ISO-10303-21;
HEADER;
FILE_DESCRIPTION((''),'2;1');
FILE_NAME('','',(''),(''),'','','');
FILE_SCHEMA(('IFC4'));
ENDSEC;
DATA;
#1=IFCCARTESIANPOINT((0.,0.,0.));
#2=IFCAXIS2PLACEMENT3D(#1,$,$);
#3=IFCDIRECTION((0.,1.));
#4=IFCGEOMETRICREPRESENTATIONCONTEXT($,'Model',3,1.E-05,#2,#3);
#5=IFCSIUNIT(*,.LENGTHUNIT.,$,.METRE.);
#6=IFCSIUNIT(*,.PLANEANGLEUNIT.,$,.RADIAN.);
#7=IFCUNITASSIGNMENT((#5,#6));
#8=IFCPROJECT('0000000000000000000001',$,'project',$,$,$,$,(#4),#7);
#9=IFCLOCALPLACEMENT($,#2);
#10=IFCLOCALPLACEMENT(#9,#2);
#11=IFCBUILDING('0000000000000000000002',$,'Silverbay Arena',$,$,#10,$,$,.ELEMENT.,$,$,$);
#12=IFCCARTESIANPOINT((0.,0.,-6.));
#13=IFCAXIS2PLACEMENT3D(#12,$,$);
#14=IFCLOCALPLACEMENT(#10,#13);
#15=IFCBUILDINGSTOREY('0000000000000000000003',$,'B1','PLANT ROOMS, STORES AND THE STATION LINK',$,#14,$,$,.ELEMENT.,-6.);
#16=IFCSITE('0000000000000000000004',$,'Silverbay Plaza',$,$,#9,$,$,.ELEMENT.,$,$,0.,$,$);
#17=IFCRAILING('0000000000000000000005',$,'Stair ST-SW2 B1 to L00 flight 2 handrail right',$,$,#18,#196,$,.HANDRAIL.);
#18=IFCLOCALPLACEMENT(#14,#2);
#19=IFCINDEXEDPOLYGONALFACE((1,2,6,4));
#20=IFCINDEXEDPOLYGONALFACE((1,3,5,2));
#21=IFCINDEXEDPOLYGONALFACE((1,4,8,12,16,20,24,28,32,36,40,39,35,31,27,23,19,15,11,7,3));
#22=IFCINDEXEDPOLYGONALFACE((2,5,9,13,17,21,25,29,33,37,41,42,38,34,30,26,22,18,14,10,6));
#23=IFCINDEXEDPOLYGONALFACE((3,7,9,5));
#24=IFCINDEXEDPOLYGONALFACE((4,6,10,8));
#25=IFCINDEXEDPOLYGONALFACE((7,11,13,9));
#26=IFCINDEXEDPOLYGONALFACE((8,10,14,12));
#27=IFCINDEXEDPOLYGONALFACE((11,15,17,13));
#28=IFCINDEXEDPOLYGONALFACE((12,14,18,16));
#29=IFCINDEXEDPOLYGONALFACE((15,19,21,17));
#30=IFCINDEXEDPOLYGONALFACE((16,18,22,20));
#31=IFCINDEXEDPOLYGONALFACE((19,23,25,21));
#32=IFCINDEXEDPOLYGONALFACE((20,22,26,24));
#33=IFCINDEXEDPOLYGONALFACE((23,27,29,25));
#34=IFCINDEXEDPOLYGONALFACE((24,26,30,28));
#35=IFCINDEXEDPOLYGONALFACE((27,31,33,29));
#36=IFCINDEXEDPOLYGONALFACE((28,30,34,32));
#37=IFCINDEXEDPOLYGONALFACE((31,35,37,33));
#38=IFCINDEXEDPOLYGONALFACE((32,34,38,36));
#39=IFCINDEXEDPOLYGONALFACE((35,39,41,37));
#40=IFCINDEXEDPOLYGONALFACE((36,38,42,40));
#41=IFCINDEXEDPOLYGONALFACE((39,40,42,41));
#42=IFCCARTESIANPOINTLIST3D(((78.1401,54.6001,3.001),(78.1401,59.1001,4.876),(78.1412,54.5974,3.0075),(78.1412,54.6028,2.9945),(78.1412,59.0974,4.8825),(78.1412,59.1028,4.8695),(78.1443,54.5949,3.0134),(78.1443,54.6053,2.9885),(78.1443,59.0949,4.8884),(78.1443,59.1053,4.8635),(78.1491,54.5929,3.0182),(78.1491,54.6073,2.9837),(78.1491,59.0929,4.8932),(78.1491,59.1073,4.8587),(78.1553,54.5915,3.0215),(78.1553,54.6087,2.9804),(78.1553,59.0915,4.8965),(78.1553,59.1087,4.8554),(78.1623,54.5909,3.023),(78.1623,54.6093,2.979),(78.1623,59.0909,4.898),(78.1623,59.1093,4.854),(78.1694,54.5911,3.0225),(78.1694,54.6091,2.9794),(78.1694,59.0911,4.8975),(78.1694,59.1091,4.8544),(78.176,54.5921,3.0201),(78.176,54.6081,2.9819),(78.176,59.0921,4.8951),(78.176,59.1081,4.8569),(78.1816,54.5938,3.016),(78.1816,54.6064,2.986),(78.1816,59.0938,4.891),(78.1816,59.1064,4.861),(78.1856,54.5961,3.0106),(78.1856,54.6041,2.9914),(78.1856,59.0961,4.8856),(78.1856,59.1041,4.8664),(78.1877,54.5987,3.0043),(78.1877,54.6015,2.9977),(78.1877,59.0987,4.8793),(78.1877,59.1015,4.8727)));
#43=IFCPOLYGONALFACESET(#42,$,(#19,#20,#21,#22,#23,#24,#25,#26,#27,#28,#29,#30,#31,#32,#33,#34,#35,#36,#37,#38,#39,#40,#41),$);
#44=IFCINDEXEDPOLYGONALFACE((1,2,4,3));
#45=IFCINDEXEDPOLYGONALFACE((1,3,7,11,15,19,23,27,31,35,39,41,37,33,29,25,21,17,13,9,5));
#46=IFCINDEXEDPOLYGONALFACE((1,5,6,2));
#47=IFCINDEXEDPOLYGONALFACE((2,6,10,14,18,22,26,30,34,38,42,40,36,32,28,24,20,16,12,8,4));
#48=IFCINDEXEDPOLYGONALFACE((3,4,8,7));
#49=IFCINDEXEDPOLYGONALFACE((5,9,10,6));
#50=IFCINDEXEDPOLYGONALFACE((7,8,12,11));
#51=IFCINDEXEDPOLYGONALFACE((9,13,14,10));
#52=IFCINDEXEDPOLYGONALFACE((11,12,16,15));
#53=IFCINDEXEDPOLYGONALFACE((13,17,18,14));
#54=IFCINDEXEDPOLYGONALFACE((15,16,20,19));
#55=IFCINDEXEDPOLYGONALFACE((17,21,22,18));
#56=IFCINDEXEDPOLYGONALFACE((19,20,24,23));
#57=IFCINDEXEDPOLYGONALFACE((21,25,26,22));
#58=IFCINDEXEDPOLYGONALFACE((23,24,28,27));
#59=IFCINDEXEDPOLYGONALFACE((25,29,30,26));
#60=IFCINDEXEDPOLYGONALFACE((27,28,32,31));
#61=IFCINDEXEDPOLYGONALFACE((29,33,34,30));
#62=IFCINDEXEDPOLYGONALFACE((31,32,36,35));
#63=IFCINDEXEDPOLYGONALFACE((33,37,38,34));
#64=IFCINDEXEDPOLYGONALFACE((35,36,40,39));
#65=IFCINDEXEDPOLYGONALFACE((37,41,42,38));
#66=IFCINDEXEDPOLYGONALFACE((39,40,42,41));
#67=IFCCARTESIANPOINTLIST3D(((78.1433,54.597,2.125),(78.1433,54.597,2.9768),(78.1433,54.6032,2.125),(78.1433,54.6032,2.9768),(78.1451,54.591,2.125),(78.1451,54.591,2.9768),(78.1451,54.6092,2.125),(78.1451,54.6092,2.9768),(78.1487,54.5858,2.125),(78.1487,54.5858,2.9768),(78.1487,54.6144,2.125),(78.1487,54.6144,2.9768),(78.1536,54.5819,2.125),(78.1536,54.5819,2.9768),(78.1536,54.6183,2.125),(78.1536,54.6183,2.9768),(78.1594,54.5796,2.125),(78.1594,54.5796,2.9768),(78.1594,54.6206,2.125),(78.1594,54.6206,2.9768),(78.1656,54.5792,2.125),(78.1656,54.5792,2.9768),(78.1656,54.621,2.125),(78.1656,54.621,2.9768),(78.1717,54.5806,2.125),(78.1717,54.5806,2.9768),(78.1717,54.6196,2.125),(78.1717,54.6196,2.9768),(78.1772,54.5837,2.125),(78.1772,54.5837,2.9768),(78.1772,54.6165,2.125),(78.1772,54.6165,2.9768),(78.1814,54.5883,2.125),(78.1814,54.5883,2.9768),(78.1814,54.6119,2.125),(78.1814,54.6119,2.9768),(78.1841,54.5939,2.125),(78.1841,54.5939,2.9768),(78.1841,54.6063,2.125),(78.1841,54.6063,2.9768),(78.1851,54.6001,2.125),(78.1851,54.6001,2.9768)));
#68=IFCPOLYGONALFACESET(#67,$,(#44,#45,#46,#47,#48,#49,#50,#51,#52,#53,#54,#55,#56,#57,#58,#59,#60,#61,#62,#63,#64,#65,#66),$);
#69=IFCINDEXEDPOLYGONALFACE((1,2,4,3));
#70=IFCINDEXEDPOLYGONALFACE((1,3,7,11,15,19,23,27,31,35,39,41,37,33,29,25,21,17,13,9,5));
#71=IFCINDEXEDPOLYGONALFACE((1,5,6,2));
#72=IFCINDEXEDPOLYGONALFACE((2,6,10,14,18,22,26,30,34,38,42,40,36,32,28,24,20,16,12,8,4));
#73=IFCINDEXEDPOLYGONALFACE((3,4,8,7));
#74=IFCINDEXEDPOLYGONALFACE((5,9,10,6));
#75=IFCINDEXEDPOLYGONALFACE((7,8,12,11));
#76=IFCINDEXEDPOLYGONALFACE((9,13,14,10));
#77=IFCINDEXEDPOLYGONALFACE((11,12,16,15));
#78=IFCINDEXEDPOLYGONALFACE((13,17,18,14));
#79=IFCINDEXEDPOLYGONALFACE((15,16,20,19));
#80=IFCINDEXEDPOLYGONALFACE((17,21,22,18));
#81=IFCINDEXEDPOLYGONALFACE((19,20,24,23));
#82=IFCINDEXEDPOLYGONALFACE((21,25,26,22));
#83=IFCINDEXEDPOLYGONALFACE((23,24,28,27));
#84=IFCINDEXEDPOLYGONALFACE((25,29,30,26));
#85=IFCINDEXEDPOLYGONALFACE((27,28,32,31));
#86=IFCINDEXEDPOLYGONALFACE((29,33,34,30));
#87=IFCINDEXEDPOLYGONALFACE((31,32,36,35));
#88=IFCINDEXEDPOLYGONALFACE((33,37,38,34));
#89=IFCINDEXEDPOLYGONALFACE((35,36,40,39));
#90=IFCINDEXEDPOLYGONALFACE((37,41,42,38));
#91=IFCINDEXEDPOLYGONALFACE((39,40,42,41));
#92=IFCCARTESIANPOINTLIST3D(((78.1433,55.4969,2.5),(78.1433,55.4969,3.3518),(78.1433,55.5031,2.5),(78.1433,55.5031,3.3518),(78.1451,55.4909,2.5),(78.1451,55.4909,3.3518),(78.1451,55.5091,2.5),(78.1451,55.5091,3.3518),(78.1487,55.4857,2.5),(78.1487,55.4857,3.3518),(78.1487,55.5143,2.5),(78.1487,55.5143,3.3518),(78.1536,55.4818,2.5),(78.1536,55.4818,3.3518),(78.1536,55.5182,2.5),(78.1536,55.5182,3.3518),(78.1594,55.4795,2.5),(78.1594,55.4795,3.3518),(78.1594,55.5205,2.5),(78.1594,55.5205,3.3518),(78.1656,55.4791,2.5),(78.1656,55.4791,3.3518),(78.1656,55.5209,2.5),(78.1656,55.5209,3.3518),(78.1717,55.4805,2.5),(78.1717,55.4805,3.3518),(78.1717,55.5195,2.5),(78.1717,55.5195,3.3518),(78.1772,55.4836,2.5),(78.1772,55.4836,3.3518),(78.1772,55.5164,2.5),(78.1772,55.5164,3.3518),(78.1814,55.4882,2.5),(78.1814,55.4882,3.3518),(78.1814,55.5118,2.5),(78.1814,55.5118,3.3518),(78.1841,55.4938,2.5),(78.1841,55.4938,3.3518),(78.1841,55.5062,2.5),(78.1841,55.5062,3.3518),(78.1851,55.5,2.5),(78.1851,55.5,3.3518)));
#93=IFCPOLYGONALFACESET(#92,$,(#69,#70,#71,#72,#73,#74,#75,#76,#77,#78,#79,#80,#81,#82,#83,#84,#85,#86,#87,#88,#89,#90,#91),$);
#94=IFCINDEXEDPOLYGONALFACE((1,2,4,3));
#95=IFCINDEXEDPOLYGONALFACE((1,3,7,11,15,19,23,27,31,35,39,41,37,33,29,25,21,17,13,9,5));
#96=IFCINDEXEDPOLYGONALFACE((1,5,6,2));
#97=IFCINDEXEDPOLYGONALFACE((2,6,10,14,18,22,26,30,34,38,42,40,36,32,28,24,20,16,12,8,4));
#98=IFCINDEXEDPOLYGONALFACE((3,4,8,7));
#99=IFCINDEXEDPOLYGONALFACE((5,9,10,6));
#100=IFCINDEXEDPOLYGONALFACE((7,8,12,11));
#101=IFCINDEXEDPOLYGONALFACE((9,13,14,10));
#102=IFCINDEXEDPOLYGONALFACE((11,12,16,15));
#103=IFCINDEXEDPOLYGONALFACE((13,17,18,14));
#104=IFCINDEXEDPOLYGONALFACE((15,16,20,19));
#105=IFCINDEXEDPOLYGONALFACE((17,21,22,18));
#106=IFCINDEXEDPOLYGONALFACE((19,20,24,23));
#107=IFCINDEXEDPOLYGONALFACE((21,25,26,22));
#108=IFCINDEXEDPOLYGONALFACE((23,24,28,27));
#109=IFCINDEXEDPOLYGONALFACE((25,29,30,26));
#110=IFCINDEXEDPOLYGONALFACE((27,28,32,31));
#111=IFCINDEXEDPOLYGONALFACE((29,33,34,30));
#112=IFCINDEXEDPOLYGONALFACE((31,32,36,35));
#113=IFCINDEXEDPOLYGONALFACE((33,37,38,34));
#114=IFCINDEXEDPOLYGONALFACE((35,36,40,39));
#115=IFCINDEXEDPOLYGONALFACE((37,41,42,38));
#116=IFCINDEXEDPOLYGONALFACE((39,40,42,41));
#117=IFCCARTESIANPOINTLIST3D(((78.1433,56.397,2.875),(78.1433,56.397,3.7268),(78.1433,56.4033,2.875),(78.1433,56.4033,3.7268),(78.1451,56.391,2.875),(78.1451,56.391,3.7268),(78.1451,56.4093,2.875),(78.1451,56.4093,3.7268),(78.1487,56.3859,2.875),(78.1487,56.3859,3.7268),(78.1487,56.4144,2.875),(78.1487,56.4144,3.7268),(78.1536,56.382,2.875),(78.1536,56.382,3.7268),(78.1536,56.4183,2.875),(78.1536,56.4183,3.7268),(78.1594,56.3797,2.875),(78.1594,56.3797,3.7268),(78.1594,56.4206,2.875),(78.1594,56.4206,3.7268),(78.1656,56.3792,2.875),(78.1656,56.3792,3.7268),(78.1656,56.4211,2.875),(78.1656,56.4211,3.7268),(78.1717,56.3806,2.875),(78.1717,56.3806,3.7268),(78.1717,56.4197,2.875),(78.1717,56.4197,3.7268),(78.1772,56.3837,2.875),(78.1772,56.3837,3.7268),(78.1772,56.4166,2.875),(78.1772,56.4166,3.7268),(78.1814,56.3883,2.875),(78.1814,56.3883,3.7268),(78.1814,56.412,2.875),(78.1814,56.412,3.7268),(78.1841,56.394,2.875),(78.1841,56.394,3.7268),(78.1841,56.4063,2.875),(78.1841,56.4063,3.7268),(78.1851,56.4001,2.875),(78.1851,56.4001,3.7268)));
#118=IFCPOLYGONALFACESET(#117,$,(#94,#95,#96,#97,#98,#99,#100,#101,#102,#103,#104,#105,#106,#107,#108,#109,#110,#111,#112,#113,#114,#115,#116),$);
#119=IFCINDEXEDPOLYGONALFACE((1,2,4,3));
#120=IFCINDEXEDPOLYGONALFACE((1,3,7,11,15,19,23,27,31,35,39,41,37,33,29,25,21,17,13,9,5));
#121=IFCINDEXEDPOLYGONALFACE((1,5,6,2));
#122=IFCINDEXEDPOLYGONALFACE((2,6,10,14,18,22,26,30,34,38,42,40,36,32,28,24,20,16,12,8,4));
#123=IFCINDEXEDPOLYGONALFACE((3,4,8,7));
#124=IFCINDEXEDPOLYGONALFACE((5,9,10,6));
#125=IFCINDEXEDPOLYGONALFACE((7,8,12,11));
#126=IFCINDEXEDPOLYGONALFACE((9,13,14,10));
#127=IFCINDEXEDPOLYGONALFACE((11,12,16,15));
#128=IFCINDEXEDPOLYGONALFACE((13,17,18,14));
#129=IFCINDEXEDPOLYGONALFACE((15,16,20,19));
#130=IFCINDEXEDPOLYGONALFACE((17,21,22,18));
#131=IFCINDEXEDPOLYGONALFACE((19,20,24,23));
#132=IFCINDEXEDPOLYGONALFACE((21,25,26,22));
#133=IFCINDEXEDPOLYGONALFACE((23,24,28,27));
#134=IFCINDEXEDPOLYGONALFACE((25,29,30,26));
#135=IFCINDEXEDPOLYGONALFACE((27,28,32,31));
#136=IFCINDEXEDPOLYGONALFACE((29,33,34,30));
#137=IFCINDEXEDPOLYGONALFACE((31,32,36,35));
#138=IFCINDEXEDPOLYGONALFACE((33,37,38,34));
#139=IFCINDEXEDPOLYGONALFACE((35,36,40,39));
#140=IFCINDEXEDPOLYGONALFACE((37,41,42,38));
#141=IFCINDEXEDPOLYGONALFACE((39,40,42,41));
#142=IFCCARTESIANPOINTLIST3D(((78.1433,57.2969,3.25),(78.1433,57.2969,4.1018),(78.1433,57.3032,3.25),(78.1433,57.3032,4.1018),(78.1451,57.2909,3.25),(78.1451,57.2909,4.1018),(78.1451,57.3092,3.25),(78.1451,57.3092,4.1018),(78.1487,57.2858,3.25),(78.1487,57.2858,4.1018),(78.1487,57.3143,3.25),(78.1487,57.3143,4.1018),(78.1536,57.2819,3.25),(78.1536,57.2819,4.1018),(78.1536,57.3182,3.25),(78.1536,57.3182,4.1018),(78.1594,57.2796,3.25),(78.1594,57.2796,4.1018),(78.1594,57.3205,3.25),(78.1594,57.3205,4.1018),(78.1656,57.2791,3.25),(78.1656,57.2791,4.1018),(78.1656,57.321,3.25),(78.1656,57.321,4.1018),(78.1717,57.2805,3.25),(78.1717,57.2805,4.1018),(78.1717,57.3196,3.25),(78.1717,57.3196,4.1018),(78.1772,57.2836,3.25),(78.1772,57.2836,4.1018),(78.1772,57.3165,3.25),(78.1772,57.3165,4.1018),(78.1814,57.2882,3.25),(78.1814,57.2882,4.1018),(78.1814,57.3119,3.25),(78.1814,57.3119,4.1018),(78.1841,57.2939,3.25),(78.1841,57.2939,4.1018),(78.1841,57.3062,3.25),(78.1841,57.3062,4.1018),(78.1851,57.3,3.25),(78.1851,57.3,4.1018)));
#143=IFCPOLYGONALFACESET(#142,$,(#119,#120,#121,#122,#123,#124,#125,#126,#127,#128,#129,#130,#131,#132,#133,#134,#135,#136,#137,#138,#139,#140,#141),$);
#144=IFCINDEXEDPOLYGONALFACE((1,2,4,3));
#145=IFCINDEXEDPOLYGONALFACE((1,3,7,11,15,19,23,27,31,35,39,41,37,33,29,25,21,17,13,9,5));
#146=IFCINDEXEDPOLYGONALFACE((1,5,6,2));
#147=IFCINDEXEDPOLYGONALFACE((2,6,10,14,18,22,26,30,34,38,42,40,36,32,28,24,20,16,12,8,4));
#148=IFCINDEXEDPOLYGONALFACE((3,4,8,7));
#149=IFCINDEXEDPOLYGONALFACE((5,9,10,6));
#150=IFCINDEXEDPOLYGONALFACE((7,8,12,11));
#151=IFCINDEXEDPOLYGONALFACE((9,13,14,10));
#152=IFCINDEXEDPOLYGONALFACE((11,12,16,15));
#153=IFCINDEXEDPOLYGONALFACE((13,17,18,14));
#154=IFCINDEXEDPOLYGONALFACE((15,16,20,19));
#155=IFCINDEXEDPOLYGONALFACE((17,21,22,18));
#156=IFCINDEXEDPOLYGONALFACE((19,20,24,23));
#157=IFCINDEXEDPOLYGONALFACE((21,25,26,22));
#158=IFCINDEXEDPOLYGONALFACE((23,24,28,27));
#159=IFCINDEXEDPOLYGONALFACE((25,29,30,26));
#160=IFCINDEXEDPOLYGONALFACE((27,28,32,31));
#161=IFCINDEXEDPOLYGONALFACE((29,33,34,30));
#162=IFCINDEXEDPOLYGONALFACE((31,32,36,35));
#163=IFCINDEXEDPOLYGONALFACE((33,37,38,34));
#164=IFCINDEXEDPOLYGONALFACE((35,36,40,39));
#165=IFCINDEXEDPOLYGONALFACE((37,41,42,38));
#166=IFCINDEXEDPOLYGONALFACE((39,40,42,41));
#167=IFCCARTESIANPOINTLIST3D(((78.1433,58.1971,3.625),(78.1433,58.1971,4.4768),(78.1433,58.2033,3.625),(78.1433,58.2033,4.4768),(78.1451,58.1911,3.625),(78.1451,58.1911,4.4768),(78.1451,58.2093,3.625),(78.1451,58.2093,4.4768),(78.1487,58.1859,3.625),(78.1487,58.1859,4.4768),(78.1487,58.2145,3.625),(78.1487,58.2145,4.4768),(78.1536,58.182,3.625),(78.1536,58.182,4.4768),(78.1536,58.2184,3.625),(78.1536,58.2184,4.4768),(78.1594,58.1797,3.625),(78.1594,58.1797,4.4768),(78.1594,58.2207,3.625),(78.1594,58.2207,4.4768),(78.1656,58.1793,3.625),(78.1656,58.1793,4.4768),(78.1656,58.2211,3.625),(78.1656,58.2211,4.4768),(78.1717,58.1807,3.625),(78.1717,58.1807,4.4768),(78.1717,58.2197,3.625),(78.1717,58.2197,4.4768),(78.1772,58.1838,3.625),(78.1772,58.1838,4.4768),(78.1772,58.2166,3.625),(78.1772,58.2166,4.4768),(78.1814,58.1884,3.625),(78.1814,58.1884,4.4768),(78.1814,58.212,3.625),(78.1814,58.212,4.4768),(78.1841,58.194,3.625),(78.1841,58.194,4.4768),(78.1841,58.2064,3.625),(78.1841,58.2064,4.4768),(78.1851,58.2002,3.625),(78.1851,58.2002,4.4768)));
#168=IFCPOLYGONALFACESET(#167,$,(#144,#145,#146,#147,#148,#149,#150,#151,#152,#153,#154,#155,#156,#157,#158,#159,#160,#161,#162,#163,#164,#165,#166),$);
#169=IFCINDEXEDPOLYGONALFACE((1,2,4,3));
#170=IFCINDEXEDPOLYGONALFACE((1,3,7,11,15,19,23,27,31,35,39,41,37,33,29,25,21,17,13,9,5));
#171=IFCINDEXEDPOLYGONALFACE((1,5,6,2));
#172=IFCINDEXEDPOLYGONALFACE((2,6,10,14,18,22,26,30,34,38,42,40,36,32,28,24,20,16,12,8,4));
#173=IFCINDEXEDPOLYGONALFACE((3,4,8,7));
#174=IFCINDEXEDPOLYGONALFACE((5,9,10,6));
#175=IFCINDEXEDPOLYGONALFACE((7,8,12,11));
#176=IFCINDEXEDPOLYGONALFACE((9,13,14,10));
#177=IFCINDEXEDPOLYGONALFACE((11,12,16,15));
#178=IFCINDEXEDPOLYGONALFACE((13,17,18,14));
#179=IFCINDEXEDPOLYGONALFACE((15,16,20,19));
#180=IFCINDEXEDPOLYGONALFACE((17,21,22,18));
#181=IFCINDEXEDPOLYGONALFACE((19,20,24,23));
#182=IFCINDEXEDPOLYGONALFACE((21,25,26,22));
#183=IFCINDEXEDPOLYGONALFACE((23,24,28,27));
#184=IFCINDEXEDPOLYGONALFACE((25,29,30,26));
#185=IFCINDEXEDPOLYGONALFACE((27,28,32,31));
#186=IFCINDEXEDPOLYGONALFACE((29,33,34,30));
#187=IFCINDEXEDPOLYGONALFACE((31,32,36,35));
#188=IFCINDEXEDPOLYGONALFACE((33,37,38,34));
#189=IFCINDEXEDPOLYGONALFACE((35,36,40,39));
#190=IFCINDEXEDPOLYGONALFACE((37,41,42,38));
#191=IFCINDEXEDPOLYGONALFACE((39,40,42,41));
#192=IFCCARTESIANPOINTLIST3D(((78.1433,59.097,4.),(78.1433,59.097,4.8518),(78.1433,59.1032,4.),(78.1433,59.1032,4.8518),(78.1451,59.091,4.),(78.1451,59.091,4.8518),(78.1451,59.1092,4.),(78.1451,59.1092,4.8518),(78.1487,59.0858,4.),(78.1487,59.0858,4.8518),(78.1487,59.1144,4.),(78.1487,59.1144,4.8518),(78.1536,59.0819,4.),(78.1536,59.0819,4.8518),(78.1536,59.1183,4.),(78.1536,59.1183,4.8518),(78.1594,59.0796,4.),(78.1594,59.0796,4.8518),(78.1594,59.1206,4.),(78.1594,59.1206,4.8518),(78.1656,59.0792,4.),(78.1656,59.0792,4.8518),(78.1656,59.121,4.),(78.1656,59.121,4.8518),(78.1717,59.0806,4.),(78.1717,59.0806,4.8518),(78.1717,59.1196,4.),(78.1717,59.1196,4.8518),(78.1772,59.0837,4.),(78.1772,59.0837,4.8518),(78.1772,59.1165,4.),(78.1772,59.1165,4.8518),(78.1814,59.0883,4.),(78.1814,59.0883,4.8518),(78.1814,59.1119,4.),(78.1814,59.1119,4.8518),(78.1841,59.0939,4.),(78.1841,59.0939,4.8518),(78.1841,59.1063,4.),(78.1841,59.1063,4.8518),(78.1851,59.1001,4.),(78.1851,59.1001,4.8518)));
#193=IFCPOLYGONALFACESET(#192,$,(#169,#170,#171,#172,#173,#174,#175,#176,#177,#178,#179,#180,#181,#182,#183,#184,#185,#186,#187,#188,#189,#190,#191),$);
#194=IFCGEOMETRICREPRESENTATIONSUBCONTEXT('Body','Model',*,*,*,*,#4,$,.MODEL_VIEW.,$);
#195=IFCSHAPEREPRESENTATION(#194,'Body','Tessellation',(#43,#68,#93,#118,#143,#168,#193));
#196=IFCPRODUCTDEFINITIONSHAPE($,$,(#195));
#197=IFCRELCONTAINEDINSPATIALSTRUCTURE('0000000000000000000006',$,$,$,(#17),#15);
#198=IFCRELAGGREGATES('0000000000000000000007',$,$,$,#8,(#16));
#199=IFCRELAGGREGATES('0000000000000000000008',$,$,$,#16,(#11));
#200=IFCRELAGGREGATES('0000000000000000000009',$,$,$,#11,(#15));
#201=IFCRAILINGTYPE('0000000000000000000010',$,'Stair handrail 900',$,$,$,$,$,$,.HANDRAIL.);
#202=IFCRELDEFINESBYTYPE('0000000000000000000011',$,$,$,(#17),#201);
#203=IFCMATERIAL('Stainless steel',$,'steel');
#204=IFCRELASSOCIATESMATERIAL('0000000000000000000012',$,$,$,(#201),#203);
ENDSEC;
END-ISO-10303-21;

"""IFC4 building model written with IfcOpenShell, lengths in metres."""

from ifc_helpers import new_model, si_unit, direction, frame, origin, origin_2d, place, context, subcontext, project, spatial, circle, extrude, material, type_object, element, save


model = new_model("IFC4")

# Units and contexts
model_context = context("Model", 3, precision=1e-05, world=origin(), true_north=direction((0.0, 1.0)))
body_context = subcontext(model_context, "Body", "Model", "MODEL_VIEW")
ifc_project = project(units=[si_unit("LENGTHUNIT", "METRE"), si_unit("PLANEANGLEUNIT", "RADIAN")], contexts=[model_context])

# Site, building, storey
site_placement = place(None, origin())
site = spatial("IfcSite", under=ifc_project, at=site_placement, Name="Silverbay Plaza", CompositionType="ELEMENT", RefElevation=0.0)
building_placement = place(site_placement, origin())
building = spatial("IfcBuilding", under=site, at=building_placement, Name="Silverbay Arena", CompositionType="ELEMENT")
storey_placement = place(building_placement, frame((0.0, 0.0, -6.0)))
storey = spatial("IfcBuildingStorey", under=building, at=storey_placement, Name="B1", Description="PLANT ROOMS, STORES AND THE STATION LINK", CompositionType="ELEMENT", Elevation=-6.0)

# Railing
ifc_material_1 = material(Name="Stainless steel", Category="steel")
railing_type_1 = type_object("IfcRailingType", Name="Stair handrail 900", PredefinedType="HANDRAIL", material=ifc_material_1)
for number, where, name in (
    (1, (78.1641, 54.6001, 2.125), "Stair ST-SW2 B1 to L00 flight 2 handrail right"),
):
    element("IfcRailing", number, at=place(storey_placement, frame(where)), inside=storey, type_object=railing_type_1, Name=name, PredefinedType="HANDRAIL", context=body_context, shape_type="SweptSolid", body=[
        extrude(circle(Radius=0.0239, at=origin_2d()), frame((0.0, 0.0, 0.876), z_axis=(0.0, 0.923077, 0.384615), x_axis=(-1.0, 0.0, 0.0)), (0.0, 0.0, 1.0), 4.875),
        extrude(circle(Radius=0.021, at=origin_2d()), origin(), (0.0, 0.0, 1.0), 0.8518),
        extrude(circle(Radius=0.021, at=origin_2d()), frame((0.0, 0.8999, 0.375)), (0.0, 0.0, 1.0), 0.8518),
        extrude(circle(Radius=0.021, at=origin_2d()), frame((0.0, 1.8, 0.75)), (0.0, 0.0, 1.0), 0.8518),
        extrude(circle(Radius=0.021, at=origin_2d()), frame((0.0, 2.7, 1.125)), (0.0, 0.0, 1.0), 0.8518),
        extrude(circle(Radius=0.021, at=origin_2d()), frame((0.0, 3.6001, 1.5)), (0.0, 0.0, 1.0), 0.8518),
        extrude(circle(Radius=0.021, at=origin_2d()), frame((0.0, 4.5, 1.875)), (0.0, 0.0, 1.0), 0.8518),
    ])

save(model, "model.ifc")
